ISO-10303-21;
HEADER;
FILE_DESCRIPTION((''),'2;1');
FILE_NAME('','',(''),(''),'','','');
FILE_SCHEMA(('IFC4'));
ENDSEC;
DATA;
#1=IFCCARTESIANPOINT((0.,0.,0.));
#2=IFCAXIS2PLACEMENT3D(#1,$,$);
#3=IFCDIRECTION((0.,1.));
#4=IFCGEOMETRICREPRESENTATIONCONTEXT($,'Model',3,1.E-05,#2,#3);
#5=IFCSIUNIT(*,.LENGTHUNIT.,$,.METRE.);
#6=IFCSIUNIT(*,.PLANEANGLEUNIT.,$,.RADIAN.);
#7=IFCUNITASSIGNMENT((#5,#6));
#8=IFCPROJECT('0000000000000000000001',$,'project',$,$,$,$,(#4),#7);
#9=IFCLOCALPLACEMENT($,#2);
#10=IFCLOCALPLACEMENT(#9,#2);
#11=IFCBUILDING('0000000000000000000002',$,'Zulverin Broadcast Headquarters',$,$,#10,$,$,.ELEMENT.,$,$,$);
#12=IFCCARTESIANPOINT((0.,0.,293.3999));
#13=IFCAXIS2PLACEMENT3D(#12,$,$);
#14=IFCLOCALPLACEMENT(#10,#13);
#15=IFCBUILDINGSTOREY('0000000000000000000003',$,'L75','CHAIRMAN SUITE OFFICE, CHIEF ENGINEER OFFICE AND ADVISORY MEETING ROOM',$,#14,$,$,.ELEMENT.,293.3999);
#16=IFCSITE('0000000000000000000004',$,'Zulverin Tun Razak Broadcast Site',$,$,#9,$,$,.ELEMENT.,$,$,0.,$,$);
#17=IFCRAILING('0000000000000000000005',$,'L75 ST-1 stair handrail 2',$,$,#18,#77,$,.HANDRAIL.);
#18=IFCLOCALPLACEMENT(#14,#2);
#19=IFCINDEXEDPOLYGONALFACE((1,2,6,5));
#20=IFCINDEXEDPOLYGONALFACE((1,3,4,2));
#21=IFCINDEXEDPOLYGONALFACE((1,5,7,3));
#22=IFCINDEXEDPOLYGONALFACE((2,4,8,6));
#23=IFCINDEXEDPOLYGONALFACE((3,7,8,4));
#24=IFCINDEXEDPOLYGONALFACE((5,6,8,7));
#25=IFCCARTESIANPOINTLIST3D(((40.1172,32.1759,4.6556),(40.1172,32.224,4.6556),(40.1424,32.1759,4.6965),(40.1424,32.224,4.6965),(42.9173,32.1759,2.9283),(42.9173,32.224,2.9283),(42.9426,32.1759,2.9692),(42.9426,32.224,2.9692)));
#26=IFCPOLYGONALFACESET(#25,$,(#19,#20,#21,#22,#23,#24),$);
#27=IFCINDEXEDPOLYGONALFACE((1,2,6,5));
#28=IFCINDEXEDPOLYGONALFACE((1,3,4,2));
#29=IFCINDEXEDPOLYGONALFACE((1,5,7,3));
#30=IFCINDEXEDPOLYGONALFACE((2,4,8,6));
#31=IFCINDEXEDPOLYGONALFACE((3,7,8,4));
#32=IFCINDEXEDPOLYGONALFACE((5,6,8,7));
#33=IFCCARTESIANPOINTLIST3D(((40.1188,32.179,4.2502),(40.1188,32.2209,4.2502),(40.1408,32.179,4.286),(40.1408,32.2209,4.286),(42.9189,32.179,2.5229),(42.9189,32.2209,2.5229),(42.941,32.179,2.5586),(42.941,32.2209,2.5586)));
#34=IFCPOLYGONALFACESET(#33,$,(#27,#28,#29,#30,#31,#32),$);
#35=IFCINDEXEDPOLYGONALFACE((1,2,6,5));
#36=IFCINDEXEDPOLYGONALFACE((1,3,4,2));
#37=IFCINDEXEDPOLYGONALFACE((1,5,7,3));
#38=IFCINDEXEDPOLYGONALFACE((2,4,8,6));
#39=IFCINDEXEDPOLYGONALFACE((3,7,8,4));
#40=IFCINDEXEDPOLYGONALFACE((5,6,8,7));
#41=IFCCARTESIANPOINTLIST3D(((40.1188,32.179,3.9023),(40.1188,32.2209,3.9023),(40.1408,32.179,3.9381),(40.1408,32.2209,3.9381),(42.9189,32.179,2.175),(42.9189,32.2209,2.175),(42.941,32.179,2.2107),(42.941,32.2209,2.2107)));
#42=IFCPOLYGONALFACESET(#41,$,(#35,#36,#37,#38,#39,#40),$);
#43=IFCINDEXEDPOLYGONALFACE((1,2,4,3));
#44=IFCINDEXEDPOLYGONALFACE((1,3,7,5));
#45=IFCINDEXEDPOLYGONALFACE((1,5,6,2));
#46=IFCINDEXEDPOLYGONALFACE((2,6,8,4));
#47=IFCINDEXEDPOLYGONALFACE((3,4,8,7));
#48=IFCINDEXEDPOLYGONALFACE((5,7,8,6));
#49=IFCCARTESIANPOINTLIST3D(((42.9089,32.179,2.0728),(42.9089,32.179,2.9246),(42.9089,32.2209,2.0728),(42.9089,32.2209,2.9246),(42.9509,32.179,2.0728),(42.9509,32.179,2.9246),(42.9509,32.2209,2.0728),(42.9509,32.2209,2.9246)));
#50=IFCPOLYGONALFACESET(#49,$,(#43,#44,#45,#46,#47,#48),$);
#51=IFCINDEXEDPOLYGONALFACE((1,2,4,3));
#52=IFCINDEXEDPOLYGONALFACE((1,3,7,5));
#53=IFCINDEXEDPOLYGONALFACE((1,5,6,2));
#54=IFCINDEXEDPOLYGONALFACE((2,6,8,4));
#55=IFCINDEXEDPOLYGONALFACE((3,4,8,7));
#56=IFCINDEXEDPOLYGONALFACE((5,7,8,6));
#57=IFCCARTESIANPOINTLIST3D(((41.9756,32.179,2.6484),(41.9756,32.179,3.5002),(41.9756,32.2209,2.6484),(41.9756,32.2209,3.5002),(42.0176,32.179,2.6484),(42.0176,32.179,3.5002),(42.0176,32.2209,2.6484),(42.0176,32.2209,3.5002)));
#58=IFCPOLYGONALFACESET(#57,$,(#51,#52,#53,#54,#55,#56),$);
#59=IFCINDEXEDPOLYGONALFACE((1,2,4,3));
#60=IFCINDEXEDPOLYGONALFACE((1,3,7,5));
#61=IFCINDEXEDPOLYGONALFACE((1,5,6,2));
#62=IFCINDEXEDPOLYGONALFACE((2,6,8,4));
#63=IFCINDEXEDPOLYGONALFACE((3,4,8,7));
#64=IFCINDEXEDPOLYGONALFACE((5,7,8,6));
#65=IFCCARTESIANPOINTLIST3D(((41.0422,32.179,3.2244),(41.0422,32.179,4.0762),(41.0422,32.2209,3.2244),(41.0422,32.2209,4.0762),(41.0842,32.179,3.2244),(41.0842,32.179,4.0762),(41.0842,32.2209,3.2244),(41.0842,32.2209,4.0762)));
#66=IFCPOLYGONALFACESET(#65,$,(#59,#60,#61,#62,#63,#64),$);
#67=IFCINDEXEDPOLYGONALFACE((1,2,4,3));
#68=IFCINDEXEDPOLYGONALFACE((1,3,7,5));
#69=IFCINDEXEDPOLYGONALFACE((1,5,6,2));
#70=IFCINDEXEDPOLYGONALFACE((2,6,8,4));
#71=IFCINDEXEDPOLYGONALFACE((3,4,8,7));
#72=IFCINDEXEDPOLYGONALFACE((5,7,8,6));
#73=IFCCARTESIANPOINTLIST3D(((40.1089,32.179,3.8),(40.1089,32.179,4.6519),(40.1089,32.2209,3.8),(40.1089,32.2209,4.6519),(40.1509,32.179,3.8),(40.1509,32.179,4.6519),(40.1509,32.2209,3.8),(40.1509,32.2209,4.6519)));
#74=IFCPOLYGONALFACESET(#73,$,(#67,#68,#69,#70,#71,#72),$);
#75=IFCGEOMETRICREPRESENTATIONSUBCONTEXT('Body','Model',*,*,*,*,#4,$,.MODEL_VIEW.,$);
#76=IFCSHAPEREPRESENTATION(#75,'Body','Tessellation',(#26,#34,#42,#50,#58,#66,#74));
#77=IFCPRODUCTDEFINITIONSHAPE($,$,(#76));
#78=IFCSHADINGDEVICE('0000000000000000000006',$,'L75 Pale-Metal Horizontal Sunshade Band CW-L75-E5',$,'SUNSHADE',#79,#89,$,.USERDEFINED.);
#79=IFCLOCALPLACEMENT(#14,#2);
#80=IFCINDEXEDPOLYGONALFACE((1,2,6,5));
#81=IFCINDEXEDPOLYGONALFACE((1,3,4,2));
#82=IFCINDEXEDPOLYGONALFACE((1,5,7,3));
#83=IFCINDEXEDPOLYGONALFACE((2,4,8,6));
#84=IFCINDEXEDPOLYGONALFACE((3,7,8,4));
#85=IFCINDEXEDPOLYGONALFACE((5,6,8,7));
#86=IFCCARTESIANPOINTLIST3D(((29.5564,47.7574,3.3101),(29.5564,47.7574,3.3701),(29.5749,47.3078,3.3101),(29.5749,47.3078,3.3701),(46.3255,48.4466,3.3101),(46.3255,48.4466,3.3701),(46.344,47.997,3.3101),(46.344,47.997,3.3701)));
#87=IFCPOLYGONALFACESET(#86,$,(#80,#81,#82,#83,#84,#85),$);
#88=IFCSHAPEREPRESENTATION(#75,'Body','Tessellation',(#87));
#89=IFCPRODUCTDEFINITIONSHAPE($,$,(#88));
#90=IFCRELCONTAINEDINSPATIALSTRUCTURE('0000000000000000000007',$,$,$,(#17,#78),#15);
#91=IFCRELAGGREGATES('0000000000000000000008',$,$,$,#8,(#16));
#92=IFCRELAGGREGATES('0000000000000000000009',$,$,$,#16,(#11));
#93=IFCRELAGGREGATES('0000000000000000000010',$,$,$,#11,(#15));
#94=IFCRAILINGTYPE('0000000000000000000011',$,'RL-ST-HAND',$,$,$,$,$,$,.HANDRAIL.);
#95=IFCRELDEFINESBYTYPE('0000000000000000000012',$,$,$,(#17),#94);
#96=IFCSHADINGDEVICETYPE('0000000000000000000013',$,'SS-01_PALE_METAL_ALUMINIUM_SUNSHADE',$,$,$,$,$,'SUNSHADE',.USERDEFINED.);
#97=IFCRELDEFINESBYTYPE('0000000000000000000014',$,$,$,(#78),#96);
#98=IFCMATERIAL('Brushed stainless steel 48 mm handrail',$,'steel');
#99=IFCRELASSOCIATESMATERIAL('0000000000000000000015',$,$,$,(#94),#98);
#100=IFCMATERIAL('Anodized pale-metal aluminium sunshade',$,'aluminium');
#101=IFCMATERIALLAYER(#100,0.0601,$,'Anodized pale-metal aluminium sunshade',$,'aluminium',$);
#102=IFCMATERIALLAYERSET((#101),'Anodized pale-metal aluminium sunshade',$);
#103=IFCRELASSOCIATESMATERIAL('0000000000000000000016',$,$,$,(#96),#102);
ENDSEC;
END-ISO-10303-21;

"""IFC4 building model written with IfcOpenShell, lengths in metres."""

from ifc_helpers import new_model, si_unit, direction, frame, origin, origin_2d, place, context, subcontext, project, spatial, rectangle, extrude, material, layer, layer_set, type_object, element, save


model = new_model("IFC4")

# Units and contexts
model_context = context("Model", 3, precision=1e-05, world=origin(), true_north=direction((0.0, 1.0)))
body_context = subcontext(model_context, "Body", "Model", "MODEL_VIEW")
ifc_project = project(units=[si_unit("LENGTHUNIT", "METRE"), si_unit("PLANEANGLEUNIT", "RADIAN")], contexts=[model_context])

# Site, building, storey
site_placement = place(None, origin())
site = spatial("IfcSite", under=ifc_project, at=site_placement, Name="Zulverin Tun Razak Broadcast Site", CompositionType="ELEMENT", RefElevation=0.0)
building_placement = place(site_placement, origin())
building = spatial("IfcBuilding", under=site, at=building_placement, Name="Zulverin Broadcast Headquarters", CompositionType="ELEMENT")
storey_placement = place(building_placement, frame((0.0, 0.0, 293.3999)))
storey = spatial("IfcBuildingStorey", under=building, at=storey_placement, Name="L75", Description="CHAIRMAN SUITE OFFICE, CHIEF ENGINEER OFFICE AND ADVISORY MEETING ROOM", CompositionType="ELEMENT", Elevation=293.3999)

# Railing
ifc_material_1 = material(Name="Brushed stainless steel 48 mm handrail", Category="steel")
railing_type_1 = type_object("IfcRailingType", Name="RL-ST-HAND", PredefinedType="HANDRAIL", material=ifc_material_1)
railing_1_placement = place(storey_placement, frame((42.9299, 32.2, 2.0728)))
element("IfcRailing", 1, at=railing_1_placement, inside=storey, type_object=railing_type_1, Name="L75 ST-1 stair handrail 2", PredefinedType="HANDRAIL", context=body_context, shape_type="SweptSolid", body=[
    extrude(rectangle(XDim=0.0481, YDim=0.0481, at=origin_2d()), frame((0.0, 0.0, 0.876), z_axis=(-0.85109, 0.0, 0.52502), x_axis=(0.0, -1.0, 0.0)), (0.0, 0.0, 1.0), 3.29),
    extrude(rectangle(XDim=0.042, YDim=0.042, at=origin_2d()), frame((0.0, 0.0, 0.468), z_axis=(-0.85109, 0.0, 0.52502), x_axis=(0.0, -1.0, 0.0)), (0.0, 0.0, 1.0), 3.29),
    extrude(rectangle(XDim=0.042, YDim=0.042, at=origin_2d()), frame((0.0, 0.0, 0.1201), z_axis=(-0.85109, 0.0, 0.52502), x_axis=(0.0, -1.0, 0.0)), (0.0, 0.0, 1.0), 3.29),
    extrude(rectangle(XDim=0.042, YDim=0.042, at=origin_2d()), origin(), (0.0, 0.0, 1.0), 0.8518),
    extrude(rectangle(XDim=0.042, YDim=0.042, at=origin_2d()), frame((-0.9333, 0.0, 0.5757)), (0.0, 0.0, 1.0), 0.8518),
    extrude(rectangle(XDim=0.042, YDim=0.042, at=origin_2d()), frame((-1.8667, 0.0, 1.1516)), (0.0, 0.0, 1.0), 0.8518),
    extrude(rectangle(XDim=0.042, YDim=0.042, at=origin_2d()), frame((-2.8, 0.0, 1.7273)), (0.0, 0.0, 1.0), 0.8518),
])

# Shading device
ifc_material_2 = material(Name="Anodized pale-metal aluminium sunshade", Category="aluminium")
ifc_layer_1 = layer(ifc_material_2, 0.0601, Name="Anodized pale-metal aluminium sunshade", Category="aluminium")
ifc_layer_set_1 = layer_set([ifc_layer_1], Name="Anodized pale-metal aluminium sunshade")
shading_device_type = type_object("IfcShadingDeviceType", Name="SS-01_PALE_METAL_ALUMINIUM_SUNSHADE", ElementType="SUNSHADE", PredefinedType="USERDEFINED", material=ifc_layer_set_1)
shading_device_placement = place(storey_placement, frame((37.9502, 47.8772, 3.3101), z_axis=(0.0, 0.0, 1.0), x_axis=(-0.999156, -0.041068, 0.0)))
element("IfcShadingDevice", 2, at=shading_device_placement, inside=storey, type_object=shading_device_type, Name="L75 Pale-Metal Horizontal Sunshade Band CW-L75-E5", ObjectType="SUNSHADE", PredefinedType="USERDEFINED", context=body_context, shape_type="SweptSolid", body=[
    extrude(rectangle(XDim=16.7832, YDim=0.45, at=origin_2d()), origin(), (0.0, 0.0, 1.0), 0.0601),
])

save(model, "model.ifc")
